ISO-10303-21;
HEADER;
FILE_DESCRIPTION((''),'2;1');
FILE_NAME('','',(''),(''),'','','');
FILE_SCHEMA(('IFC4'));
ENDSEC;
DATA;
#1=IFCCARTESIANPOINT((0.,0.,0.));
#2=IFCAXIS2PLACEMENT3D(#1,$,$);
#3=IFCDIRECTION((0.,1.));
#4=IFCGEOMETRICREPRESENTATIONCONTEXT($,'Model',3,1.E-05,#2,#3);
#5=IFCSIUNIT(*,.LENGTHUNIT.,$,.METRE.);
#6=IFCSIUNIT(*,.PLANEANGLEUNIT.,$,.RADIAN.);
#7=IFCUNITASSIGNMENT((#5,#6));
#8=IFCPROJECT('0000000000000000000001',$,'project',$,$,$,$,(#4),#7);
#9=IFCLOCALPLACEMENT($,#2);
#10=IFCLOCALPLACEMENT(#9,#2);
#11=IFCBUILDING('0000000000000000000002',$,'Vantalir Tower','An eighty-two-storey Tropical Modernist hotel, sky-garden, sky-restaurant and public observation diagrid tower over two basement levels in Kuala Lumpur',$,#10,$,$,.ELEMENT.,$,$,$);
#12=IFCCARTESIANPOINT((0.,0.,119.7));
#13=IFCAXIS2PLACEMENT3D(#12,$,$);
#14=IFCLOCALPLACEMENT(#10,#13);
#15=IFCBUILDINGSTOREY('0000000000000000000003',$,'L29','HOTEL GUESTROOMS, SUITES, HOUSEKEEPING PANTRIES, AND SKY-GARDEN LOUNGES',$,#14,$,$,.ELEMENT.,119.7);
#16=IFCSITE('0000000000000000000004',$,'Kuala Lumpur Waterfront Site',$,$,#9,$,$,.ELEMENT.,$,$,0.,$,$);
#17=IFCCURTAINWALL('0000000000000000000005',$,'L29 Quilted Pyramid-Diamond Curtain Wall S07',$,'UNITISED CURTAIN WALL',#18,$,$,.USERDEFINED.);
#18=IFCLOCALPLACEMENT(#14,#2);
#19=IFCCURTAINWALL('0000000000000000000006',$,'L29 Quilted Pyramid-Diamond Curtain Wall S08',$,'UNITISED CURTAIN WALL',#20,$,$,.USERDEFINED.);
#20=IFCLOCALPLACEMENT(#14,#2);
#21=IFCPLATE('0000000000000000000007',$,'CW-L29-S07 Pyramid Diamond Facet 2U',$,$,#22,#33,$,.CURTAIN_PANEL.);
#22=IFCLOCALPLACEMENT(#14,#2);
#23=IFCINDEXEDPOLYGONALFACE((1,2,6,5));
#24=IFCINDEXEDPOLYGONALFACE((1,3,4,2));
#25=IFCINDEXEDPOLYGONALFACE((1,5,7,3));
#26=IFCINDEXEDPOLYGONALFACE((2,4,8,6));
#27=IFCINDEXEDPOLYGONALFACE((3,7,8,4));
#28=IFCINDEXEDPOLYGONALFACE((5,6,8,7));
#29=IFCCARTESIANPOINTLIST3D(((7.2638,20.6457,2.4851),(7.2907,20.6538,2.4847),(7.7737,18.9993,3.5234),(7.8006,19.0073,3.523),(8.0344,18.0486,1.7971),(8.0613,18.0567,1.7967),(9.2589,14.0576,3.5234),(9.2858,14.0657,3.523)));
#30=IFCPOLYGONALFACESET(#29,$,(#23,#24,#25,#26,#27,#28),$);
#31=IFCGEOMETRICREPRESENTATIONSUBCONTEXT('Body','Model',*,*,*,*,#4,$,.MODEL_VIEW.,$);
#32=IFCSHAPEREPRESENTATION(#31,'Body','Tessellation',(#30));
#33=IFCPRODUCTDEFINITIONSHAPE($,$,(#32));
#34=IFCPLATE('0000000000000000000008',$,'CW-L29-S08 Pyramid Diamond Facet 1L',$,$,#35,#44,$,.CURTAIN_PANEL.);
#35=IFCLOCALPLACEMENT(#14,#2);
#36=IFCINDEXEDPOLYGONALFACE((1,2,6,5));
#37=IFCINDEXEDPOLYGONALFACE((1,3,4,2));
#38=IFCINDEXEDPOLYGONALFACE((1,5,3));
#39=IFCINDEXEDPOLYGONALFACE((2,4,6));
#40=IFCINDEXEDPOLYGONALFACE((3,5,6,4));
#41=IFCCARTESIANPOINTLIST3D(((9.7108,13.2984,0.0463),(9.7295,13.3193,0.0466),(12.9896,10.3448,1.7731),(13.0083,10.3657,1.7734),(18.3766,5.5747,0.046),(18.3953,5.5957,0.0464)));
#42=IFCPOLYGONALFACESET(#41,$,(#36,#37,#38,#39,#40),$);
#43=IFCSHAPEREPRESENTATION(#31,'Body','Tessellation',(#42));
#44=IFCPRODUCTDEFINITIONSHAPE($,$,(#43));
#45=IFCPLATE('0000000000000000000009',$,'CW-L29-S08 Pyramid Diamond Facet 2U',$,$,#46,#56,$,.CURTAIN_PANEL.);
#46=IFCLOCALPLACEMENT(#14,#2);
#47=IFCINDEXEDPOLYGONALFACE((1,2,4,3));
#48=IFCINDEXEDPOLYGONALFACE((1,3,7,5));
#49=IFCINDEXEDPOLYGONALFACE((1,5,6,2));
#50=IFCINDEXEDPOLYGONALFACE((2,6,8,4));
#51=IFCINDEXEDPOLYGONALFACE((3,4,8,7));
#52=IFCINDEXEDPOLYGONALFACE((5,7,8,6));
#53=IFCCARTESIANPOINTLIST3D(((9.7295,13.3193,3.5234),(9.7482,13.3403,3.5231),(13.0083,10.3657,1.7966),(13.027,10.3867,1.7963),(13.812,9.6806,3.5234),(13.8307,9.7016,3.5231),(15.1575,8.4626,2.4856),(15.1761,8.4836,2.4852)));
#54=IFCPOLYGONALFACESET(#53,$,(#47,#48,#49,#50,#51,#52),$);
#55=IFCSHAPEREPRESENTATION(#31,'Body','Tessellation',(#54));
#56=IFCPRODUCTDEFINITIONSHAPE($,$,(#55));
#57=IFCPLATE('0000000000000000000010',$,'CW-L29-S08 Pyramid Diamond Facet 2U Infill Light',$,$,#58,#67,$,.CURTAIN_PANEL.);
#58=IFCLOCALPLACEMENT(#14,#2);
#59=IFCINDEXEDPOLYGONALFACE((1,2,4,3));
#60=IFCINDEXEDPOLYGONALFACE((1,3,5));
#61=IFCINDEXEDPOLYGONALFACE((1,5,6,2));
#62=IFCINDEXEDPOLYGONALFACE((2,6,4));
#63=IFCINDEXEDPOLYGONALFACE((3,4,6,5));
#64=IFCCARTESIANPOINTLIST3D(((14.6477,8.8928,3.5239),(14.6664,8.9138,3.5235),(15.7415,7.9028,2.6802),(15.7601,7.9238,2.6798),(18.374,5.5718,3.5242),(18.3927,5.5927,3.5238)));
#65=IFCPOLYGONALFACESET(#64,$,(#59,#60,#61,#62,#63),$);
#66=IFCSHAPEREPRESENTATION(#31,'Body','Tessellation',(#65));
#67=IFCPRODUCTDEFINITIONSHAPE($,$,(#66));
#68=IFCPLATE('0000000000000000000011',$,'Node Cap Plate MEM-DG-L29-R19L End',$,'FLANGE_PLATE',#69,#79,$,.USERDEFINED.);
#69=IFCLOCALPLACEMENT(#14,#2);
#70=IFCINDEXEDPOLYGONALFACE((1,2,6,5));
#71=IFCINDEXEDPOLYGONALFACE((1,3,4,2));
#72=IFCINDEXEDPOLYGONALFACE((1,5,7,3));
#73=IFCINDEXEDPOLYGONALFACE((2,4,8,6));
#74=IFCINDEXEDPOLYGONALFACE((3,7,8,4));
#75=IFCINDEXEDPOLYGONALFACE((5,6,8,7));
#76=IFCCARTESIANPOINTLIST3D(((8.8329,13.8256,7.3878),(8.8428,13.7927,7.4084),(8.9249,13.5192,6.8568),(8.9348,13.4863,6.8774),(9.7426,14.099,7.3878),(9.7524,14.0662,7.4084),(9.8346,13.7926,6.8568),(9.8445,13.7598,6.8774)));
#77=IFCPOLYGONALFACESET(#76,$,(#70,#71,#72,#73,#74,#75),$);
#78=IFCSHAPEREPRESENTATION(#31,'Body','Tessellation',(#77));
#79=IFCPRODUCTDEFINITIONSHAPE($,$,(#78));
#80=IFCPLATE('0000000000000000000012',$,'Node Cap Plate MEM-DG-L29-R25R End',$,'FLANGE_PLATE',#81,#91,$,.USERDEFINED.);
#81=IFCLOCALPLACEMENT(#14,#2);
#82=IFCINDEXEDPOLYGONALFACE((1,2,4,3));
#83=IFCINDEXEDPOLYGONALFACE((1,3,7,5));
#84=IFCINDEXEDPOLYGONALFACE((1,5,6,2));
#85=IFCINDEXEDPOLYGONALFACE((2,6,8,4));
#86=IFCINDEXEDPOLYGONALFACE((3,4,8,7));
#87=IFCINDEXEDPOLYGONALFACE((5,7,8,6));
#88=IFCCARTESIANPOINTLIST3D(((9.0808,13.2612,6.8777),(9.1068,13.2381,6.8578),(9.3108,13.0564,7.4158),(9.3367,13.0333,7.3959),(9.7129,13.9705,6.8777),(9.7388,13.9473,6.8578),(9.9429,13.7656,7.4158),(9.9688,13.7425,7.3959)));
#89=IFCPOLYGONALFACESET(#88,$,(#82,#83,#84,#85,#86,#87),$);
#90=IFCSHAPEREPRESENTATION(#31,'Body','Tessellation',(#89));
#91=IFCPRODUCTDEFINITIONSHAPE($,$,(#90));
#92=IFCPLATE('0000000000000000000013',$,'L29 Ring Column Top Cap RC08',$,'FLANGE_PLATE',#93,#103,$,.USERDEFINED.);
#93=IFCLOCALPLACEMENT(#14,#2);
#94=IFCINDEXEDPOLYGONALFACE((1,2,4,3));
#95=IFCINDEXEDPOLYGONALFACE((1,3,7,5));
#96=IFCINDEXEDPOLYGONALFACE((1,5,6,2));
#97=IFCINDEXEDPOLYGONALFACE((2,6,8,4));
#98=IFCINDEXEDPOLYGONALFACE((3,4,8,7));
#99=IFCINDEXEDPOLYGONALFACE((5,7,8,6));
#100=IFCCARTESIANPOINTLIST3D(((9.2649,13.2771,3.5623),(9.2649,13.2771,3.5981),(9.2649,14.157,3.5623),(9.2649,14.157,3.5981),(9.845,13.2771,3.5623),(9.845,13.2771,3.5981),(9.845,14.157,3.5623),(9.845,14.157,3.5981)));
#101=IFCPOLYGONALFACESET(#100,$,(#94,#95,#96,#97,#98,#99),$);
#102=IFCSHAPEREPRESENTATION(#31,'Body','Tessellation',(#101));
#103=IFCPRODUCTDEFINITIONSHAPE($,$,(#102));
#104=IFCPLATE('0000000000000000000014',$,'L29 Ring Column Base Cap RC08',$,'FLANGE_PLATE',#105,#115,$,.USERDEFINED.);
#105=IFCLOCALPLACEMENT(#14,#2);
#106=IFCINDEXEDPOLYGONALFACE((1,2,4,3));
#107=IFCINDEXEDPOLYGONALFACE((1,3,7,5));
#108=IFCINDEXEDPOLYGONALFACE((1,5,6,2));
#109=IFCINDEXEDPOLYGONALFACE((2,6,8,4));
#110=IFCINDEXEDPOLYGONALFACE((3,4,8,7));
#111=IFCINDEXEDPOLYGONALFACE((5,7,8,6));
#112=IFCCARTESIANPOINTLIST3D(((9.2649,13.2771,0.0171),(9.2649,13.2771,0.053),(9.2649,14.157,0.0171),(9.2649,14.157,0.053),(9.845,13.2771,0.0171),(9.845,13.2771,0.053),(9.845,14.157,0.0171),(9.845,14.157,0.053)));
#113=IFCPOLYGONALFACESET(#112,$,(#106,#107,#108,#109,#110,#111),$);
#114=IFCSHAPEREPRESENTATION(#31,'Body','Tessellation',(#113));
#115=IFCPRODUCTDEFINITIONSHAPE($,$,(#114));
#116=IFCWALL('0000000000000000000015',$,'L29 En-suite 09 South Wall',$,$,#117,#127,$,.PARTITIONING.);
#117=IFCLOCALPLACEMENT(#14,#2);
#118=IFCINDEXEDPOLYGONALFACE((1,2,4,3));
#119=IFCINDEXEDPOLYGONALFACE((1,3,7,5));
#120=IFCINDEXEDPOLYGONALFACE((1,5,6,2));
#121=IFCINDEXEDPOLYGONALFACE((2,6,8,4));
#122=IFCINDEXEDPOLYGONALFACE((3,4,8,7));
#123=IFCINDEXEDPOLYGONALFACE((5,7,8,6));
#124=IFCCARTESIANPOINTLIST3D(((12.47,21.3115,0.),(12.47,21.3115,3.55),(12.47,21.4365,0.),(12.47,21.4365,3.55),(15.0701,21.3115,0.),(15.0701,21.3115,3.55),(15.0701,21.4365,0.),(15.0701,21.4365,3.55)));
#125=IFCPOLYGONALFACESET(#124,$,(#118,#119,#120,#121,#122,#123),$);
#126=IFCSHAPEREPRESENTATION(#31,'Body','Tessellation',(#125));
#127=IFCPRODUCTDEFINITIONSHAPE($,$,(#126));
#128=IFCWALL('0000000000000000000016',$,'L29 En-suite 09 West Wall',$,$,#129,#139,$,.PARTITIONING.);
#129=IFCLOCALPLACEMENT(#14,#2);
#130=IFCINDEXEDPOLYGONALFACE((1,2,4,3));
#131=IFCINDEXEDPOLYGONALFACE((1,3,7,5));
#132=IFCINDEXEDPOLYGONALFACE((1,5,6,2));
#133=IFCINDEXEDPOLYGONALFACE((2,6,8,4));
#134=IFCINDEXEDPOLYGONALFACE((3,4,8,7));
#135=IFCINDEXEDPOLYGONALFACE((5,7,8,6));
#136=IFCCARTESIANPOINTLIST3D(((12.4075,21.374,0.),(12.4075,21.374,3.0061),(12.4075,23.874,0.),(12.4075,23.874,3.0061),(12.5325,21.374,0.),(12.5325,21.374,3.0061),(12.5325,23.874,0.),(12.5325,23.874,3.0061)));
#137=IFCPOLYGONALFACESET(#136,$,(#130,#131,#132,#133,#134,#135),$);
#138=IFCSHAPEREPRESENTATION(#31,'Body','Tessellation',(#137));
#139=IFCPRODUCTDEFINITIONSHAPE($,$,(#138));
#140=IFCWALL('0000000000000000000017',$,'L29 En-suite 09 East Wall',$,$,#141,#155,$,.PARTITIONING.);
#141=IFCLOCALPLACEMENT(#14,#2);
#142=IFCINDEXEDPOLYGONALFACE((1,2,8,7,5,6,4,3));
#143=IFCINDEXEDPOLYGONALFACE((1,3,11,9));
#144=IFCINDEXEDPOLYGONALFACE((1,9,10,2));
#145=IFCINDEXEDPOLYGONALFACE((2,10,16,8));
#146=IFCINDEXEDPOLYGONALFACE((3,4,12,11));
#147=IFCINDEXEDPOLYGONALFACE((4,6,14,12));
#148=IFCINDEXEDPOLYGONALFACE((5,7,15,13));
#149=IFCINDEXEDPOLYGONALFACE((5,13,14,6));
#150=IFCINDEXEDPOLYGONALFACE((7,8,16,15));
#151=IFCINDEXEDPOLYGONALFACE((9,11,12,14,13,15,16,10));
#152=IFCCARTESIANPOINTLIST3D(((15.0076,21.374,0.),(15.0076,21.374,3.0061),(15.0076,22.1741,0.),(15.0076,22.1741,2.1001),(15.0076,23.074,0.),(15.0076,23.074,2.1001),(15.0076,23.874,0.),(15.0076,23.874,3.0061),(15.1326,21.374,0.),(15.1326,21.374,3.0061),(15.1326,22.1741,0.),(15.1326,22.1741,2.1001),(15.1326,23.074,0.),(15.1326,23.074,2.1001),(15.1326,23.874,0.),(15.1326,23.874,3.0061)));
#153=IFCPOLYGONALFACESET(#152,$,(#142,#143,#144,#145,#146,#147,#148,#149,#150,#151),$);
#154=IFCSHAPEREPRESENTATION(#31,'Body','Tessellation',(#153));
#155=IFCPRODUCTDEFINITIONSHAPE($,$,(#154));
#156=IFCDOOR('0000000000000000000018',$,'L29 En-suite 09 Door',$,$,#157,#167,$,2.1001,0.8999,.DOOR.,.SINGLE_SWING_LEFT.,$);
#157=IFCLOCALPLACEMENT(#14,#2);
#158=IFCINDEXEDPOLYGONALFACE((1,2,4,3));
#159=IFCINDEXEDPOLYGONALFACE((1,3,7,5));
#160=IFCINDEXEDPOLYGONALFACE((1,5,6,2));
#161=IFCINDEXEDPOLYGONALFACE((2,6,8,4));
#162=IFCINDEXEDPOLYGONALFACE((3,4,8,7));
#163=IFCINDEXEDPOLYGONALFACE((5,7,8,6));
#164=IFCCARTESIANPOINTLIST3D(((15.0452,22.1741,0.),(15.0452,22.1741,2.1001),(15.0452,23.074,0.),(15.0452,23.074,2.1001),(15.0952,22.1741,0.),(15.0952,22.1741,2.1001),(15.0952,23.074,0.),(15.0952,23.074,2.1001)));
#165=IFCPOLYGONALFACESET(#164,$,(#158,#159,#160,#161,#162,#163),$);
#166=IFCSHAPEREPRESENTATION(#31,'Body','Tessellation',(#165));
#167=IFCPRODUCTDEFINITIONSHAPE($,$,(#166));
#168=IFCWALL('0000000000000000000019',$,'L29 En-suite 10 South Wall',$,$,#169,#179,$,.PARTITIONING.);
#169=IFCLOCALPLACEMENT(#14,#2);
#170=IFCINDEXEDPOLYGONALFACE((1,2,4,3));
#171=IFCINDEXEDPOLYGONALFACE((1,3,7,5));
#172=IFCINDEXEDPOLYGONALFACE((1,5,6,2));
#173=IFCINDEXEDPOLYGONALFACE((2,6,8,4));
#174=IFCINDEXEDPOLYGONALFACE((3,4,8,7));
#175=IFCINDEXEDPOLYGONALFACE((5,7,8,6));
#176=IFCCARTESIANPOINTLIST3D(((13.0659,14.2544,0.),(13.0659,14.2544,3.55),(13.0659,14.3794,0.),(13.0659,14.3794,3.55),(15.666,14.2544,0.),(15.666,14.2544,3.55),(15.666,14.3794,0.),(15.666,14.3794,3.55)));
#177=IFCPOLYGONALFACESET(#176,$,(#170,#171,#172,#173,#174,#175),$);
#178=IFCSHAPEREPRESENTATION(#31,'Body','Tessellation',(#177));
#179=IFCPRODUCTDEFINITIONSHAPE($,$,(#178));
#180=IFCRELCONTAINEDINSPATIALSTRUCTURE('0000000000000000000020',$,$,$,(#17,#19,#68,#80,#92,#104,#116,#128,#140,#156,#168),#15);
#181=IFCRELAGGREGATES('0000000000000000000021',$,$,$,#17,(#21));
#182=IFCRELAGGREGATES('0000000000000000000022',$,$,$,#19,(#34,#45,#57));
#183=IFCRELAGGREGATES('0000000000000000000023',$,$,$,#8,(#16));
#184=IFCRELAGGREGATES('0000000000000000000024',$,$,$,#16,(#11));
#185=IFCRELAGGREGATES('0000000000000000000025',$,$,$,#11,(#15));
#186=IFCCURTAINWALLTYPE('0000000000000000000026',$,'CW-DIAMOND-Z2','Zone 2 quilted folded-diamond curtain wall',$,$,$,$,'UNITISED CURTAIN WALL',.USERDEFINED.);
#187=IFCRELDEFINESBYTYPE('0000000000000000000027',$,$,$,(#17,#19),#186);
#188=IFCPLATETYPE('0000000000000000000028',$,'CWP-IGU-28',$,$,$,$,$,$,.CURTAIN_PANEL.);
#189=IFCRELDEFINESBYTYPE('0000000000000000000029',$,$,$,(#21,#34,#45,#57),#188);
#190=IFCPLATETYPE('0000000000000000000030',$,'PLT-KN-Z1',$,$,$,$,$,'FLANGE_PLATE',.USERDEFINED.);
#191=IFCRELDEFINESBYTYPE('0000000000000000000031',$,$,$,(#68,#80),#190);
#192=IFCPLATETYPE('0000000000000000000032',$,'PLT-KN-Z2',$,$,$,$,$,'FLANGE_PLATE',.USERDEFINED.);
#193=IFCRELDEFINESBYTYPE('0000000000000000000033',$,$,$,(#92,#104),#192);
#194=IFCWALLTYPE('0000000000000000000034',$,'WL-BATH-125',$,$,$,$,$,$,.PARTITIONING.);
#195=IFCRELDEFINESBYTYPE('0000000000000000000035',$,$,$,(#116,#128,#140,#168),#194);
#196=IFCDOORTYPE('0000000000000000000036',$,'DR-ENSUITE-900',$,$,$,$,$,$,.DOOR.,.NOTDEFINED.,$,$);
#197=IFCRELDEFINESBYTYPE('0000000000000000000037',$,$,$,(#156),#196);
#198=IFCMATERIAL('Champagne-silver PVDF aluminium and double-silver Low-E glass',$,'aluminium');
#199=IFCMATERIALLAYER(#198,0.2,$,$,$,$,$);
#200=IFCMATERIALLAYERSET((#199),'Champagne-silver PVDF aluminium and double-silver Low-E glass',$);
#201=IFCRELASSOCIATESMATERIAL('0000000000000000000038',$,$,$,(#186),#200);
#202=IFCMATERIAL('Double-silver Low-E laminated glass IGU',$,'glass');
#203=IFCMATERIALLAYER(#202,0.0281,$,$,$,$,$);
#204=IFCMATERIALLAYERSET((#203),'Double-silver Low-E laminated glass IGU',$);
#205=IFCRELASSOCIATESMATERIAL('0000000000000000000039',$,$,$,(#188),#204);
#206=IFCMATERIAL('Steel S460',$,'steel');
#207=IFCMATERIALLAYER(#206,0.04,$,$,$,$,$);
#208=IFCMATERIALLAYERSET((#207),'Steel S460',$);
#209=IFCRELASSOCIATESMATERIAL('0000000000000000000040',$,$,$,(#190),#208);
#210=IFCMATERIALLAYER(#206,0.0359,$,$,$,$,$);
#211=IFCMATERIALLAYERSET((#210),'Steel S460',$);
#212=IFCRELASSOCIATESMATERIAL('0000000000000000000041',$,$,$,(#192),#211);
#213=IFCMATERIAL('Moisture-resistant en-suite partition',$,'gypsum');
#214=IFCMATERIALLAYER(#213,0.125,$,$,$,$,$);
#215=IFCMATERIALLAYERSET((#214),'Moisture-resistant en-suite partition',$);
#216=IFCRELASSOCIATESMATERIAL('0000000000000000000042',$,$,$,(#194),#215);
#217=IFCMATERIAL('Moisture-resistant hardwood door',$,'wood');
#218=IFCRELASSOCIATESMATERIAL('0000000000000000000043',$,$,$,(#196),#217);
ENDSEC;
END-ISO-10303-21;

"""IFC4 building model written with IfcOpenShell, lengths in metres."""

from ifc_helpers import new_model, si_unit, direction, frame, frame_2d, origin, place, context, subcontext, project, spatial, polyline, rectangle, outline, extrude, material, layer, layer_set, type_object, element, fill, aggregate, save


model = new_model("IFC4")

# Units and contexts
model_context = context("Model", 3, precision=1e-05, world=origin(), true_north=direction((0.0, 1.0)))
body_context = subcontext(model_context, "Body", "Model", "MODEL_VIEW")
ifc_project = project(units=[si_unit("LENGTHUNIT", "METRE"), si_unit("PLANEANGLEUNIT", "RADIAN")], contexts=[model_context])

# Site, building, storey
site_placement = place(None, origin())
site = spatial("IfcSite", under=ifc_project, at=site_placement, Name="Kuala Lumpur Waterfront Site", CompositionType="ELEMENT", RefElevation=0.0)
building_placement = place(site_placement, origin())
building = spatial("IfcBuilding", under=site, at=building_placement, Name="Vantalir Tower", Description="An eighty-two-storey Tropical Modernist hotel, sky-garden, sky-restaurant and public observation diagrid tower over two basement levels in Kuala Lumpur", CompositionType="ELEMENT")
storey_placement = place(building_placement, frame((0.0, 0.0, 119.7)))
storey = spatial("IfcBuildingStorey", under=building, at=storey_placement, Name="L29", Description="HOTEL GUESTROOMS, SUITES, HOUSEKEEPING PANTRIES, AND SKY-GARDEN LOUNGES", CompositionType="ELEMENT", Elevation=119.7)

# Shared definitions
ifc_material_1 = material(Name="Steel S460", Category="steel")

# Curtain wall
ifc_material_2 = material(Name="Champagne-silver PVDF aluminium and double-silver Low-E glass", Category="aluminium")
ifc_layer_1 = layer(ifc_material_2, 0.2)
ifc_layer_set_1 = layer_set([ifc_layer_1], Name="Champagne-silver PVDF aluminium and double-silver Low-E glass")
curtain_wall_type = type_object("IfcCurtainWallType", Name="CW-DIAMOND-Z2", Description="Zone 2 quilted folded-diamond curtain wall", ElementType="UNITISED CURTAIN WALL", PredefinedType="USERDEFINED", material=ifc_layer_set_1)
curtain_wall_1_placement = place(storey_placement, origin())
curtain_wall_1 = element("IfcCurtainWall", 1, at=curtain_wall_1_placement, inside=storey, type_object=curtain_wall_type, Name="L29 Quilted Pyramid-Diamond Curtain Wall S07", ObjectType="UNITISED CURTAIN WALL", PredefinedType="USERDEFINED")

# Curtain wall
curtain_wall_2_placement = place(storey_placement, origin())
curtain_wall_2 = element("IfcCurtainWall", 2, at=curtain_wall_2_placement, inside=storey, type_object=curtain_wall_type, Name="L29 Quilted Pyramid-Diamond Curtain Wall S08", ObjectType="UNITISED CURTAIN WALL", PredefinedType="USERDEFINED")

# Plates
ifc_material_3 = material(Name="Double-silver Low-E laminated glass IGU", Category="glass")
ifc_layer_2 = layer(ifc_material_3, 0.0281)
ifc_layer_set_2 = layer_set([ifc_layer_2], Name="Double-silver Low-E laminated glass IGU")
plate_type_1 = type_object("IfcPlateType", Name="CWP-IGU-28", PredefinedType="CURTAIN_PANEL", material=ifc_layer_set_2)
plate_1_placement = place(storey_placement, frame((7.7737, 18.9993, 3.5234), z_axis=(-0.957588, -0.287807, 0.013861), x_axis=(0.287834, -0.95768, 0.0)))
plate_1 = element("IfcPlate", 3, at=plate_1_placement, type_object=plate_type_1, Name="CW-L29-S07 Pyramid Diamond Facet 2U", PredefinedType="CURTAIN_PANEL", context=body_context, shape_type="SweptSolid", body=[
    extrude(outline(polyline([(0.0, 0.0), (5.1601, 0.0), (0.9855, -1.7265), (-1.7235, -1.0384), (0.0, 0.0)])), origin(), (0.0, 0.0, -1.0), 0.0281),
])
aggregate(curtain_wall_1, [plate_1])
plate_2_placement = place(storey_placement, frame((9.7295, 13.3193, 0.0466), z_axis=(0.6653, 0.746454, 0.013519), x_axis=(0.746522, -0.665361, -0.000021)))
plate_2 = element("IfcPlate", 4, at=plate_2_placement, type_object=plate_type_1, Name="CW-L29-S08 Pyramid Diamond Facet 1L", PredefinedType="CURTAIN_PANEL", context=body_context, shape_type="SweptSolid", body=[
    extrude(outline(polyline([(0.0, 0.0), (11.6082, 0.0), (4.4129, -1.7271), (0.0, 0.0)])), origin(), (0.0, 0.0, -1.0), 0.0281),
])
plate_3_placement = place(storey_placement, frame((9.7295, 13.3193, 3.5234), z_axis=(-0.665303, -0.746451, 0.013521), x_axis=(0.746519, -0.665364, 0.0)))
plate_3 = element("IfcPlate", 5, at=plate_3_placement, type_object=plate_type_1, Name="CW-L29-S08 Pyramid Diamond Facet 2U", PredefinedType="CURTAIN_PANEL", context=body_context, shape_type="SweptSolid", body=[
    extrude(outline(polyline([(0.0, 0.0), (5.4687, 0.0), (7.2836, -1.0379), (4.4129, -1.727), (0.0, 0.0)])), origin(), (0.0, 0.0, -1.0), 0.0281),
])
plate_4_placement = place(storey_placement, frame((14.6477, 8.8928, 3.5239), z_axis=(-0.665284, -0.746469, 0.013443), x_axis=(0.746537, -0.665344, 0.000049)))
plate_4 = element("IfcPlate", 6, at=plate_4_placement, type_object=plate_type_1, Name="CW-L29-S08 Pyramid Diamond Facet 2U Infill Light", PredefinedType="CURTAIN_PANEL", context=body_context, shape_type="SweptSolid", body=[
    extrude(outline(polyline([(0.0, 0.0), (4.9915, 0.0), (1.4752, -0.8439), (0.0, 0.0)])), origin(), (0.0, 0.0, -1.0), 0.0281),
])
aggregate(curtain_wall_2, [plate_2, plate_3, plate_4])

# Plates
ifc_layer_3 = layer(ifc_material_1, 0.04)
ifc_layer_set_3 = layer_set([ifc_layer_3], Name="Steel S460")
plate_type_2 = type_object("IfcPlateType", Name="PLT-KN-Z1", ElementType="FLANGE_PLATE", PredefinedType="USERDEFINED", material=ifc_layer_set_3)
plate_5_placement = place(storey_placement, frame((8.9348, 13.4863, 6.8774), z_axis=(0.246573, -0.820295, 0.516059), x_axis=(0.957671, 0.287867, 0.0)))
element("IfcPlate", 7, at=plate_5_placement, inside=storey, type_object=plate_type_2, Name="Node Cap Plate MEM-DG-L29-R19L End", ObjectType="FLANGE_PLATE", PredefinedType="USERDEFINED", context=body_context, shape_type="SweptSolid", body=[
    extrude(outline(polyline([(0.0, 0.0), (0.9499, 0.0), (0.9499, 0.6199), (0.0001, 0.6199), (0.0, 0.0)])), origin(), (0.0, 0.0, -1.0), 0.04),
])
plate_6_placement = place(storey_placement, frame((9.7129, 13.9705, 6.8777), z_axis=(-0.647924, 0.577444, 0.496742), x_axis=(-0.665336, -0.746544, 0.0)))
element("IfcPlate", 8, at=plate_6_placement, inside=storey, type_object=plate_type_2, Name="Node Cap Plate MEM-DG-L29-R25R End", ObjectType="FLANGE_PLATE", PredefinedType="USERDEFINED", context=body_context, shape_type="SweptSolid", body=[
    extrude(outline(polyline([(0.0, 0.0), (0.95, 0.0), (0.9499, 0.62), (-0.0001, 0.62), (0.0, 0.0)])), origin(), (0.0, 0.0, -1.0), 0.04),
])
ifc_layer_4 = layer(ifc_material_1, 0.0359)
ifc_layer_set_4 = layer_set([ifc_layer_4], Name="Steel S460")
plate_type_3 = type_object("IfcPlateType", Name="PLT-KN-Z2", ElementType="FLANGE_PLATE", PredefinedType="USERDEFINED", material=ifc_layer_set_4)
for number, where, z_axis, x_axis, name in (
    (9, (9.2649, 14.157, 3.5981), (0.0, 0.0, 1.0), (0.0, -1.0, 0.0), "L29 Ring Column Top Cap RC08"),
    (10, (9.2649, 14.157, 0.053), (0.0, 0.0, 1.0), (0.0, -1.0, 0.0), "L29 Ring Column Base Cap RC08"),
):
    element("IfcPlate", number, at=place(storey_placement, frame(where, z_axis=z_axis, x_axis=x_axis)), inside=storey, type_object=plate_type_3, Name=name, ObjectType="FLANGE_PLATE", PredefinedType="USERDEFINED", context=body_context, shape_type="SweptSolid", body=[
        extrude(outline(polyline([(0.0, 0.0), (0.8799, 0.0), (0.8799, 0.5801), (0.0, 0.5801), (0.0, 0.0)])), origin(), (0.0, 0.0, -1.0), 0.0359),
    ])

# Walls
ifc_material_4 = material(Name="Moisture-resistant en-suite partition", Category="gypsum")
ifc_layer_5 = layer(ifc_material_4, 0.125)
ifc_layer_set_5 = layer_set([ifc_layer_5], Name="Moisture-resistant en-suite partition")
wall_type_1 = type_object("IfcWallType", Name="WL-BATH-125", PredefinedType="PARTITIONING", material=ifc_layer_set_5)
wall_1_placement = place(storey_placement, frame((12.47, 21.374, 0.0), z_axis=(0.0, 0.0, 1.0), x_axis=(1.0, 0.0, 0.0)))
element("IfcWall", 11, at=wall_1_placement, inside=storey, type_object=wall_type_1, Name="L29 En-suite 09 South Wall", PredefinedType="PARTITIONING", context=body_context, shape_type="SweptSolid", body=[
    extrude(rectangle(XDim=2.6001, YDim=0.125, at=frame_2d((1.3, 0.0))), origin(), (0.0, 0.0, 1.0), 3.55),
])
wall_2_placement = place(storey_placement, frame((12.47, 21.374, 0.0), z_axis=(0.0, 0.0, 1.0), x_axis=(0.0, 1.0, 0.0)))
element("IfcWall", 12, at=wall_2_placement, inside=storey, type_object=wall_type_1, Name="L29 En-suite 09 West Wall", PredefinedType="PARTITIONING", context=body_context, shape_type="SweptSolid", body=[
    extrude(rectangle(XDim=2.5, YDim=0.125, at=frame_2d((1.25, 0.0))), origin(), (0.0, 0.0, 1.0), 3.0061),
])

# Wall, opening, door
wall_3_placement = place(storey_placement, frame((15.0701, 21.374, 0.0), z_axis=(0.0, 0.0, 1.0), x_axis=(0.0, 1.0, 0.0)))
wall_3 = element("IfcWall", 13, at=wall_3_placement, inside=storey, type_object=wall_type_1, Name="L29 En-suite 09 East Wall", PredefinedType="PARTITIONING", context=body_context, shape_type="SweptSolid", body=[
    extrude(rectangle(XDim=2.5, YDim=0.125, at=frame_2d((1.25, 0.0))), origin(), (0.0, 0.0, 1.0), 3.0061),
])
opening_1_placement = place(wall_3_placement, frame((0.8, 0.0, 0.0)))
opening_1 = element("IfcOpeningElement", 14, at=opening_1_placement, cuts=wall_3, PredefinedType="OPENING", context=body_context, shape_type="SweptSolid", body=[
    extrude(rectangle(XDim=0.8999, YDim=2.1001, at=frame_2d((0.45, 1.05))), frame((0.0, 0.0725, 0.0), z_axis=(0.0, -1.0, 0.0), x_axis=(1.0, 0.0, 0.0)), (0.0, 0.0, 1.0), 0.145),
])
ifc_material_5 = material(Name="Moisture-resistant hardwood door", Category="wood")
door_type = type_object("IfcDoorType", Name="DR-ENSUITE-900", OperationType="NOTDEFINED", PredefinedType="DOOR", material=ifc_material_5)
door_1_placement = place(opening_1_placement, origin())
door_1 = element("IfcDoor", 15, at=door_1_placement, inside=storey, type_object=door_type, Name="L29 En-suite 09 Door", OperationType="SINGLE_SWING_LEFT", OverallHeight=2.1001, OverallWidth=0.8999, PredefinedType="DOOR", context=body_context, shape_type="SweptSolid", body=[
    extrude(rectangle(XDim=0.8999, YDim=2.1001, at=frame_2d((0.45, 1.05))), frame((0.0, 0.0249, 0.0), z_axis=(0.0, -1.0, 0.0), x_axis=(1.0, 0.0, 0.0)), (0.0, 0.0, 1.0), 0.05),
])
fill(opening_1, door_1)

# Wall
wall_4_placement = place(storey_placement, frame((13.0659, 14.3169, 0.0), z_axis=(0.0, 0.0, 1.0), x_axis=(1.0, 0.0, 0.0)))
element("IfcWall", 16, at=wall_4_placement, inside=storey, type_object=wall_type_1, Name="L29 En-suite 10 South Wall", PredefinedType="PARTITIONING", context=body_context, shape_type="SweptSolid", body=[
    extrude(rectangle(XDim=2.6001, YDim=0.125, at=frame_2d((1.3, 0.0))), origin(), (0.0, 0.0, 1.0), 3.55),
])

save(model, "model.ifc")
